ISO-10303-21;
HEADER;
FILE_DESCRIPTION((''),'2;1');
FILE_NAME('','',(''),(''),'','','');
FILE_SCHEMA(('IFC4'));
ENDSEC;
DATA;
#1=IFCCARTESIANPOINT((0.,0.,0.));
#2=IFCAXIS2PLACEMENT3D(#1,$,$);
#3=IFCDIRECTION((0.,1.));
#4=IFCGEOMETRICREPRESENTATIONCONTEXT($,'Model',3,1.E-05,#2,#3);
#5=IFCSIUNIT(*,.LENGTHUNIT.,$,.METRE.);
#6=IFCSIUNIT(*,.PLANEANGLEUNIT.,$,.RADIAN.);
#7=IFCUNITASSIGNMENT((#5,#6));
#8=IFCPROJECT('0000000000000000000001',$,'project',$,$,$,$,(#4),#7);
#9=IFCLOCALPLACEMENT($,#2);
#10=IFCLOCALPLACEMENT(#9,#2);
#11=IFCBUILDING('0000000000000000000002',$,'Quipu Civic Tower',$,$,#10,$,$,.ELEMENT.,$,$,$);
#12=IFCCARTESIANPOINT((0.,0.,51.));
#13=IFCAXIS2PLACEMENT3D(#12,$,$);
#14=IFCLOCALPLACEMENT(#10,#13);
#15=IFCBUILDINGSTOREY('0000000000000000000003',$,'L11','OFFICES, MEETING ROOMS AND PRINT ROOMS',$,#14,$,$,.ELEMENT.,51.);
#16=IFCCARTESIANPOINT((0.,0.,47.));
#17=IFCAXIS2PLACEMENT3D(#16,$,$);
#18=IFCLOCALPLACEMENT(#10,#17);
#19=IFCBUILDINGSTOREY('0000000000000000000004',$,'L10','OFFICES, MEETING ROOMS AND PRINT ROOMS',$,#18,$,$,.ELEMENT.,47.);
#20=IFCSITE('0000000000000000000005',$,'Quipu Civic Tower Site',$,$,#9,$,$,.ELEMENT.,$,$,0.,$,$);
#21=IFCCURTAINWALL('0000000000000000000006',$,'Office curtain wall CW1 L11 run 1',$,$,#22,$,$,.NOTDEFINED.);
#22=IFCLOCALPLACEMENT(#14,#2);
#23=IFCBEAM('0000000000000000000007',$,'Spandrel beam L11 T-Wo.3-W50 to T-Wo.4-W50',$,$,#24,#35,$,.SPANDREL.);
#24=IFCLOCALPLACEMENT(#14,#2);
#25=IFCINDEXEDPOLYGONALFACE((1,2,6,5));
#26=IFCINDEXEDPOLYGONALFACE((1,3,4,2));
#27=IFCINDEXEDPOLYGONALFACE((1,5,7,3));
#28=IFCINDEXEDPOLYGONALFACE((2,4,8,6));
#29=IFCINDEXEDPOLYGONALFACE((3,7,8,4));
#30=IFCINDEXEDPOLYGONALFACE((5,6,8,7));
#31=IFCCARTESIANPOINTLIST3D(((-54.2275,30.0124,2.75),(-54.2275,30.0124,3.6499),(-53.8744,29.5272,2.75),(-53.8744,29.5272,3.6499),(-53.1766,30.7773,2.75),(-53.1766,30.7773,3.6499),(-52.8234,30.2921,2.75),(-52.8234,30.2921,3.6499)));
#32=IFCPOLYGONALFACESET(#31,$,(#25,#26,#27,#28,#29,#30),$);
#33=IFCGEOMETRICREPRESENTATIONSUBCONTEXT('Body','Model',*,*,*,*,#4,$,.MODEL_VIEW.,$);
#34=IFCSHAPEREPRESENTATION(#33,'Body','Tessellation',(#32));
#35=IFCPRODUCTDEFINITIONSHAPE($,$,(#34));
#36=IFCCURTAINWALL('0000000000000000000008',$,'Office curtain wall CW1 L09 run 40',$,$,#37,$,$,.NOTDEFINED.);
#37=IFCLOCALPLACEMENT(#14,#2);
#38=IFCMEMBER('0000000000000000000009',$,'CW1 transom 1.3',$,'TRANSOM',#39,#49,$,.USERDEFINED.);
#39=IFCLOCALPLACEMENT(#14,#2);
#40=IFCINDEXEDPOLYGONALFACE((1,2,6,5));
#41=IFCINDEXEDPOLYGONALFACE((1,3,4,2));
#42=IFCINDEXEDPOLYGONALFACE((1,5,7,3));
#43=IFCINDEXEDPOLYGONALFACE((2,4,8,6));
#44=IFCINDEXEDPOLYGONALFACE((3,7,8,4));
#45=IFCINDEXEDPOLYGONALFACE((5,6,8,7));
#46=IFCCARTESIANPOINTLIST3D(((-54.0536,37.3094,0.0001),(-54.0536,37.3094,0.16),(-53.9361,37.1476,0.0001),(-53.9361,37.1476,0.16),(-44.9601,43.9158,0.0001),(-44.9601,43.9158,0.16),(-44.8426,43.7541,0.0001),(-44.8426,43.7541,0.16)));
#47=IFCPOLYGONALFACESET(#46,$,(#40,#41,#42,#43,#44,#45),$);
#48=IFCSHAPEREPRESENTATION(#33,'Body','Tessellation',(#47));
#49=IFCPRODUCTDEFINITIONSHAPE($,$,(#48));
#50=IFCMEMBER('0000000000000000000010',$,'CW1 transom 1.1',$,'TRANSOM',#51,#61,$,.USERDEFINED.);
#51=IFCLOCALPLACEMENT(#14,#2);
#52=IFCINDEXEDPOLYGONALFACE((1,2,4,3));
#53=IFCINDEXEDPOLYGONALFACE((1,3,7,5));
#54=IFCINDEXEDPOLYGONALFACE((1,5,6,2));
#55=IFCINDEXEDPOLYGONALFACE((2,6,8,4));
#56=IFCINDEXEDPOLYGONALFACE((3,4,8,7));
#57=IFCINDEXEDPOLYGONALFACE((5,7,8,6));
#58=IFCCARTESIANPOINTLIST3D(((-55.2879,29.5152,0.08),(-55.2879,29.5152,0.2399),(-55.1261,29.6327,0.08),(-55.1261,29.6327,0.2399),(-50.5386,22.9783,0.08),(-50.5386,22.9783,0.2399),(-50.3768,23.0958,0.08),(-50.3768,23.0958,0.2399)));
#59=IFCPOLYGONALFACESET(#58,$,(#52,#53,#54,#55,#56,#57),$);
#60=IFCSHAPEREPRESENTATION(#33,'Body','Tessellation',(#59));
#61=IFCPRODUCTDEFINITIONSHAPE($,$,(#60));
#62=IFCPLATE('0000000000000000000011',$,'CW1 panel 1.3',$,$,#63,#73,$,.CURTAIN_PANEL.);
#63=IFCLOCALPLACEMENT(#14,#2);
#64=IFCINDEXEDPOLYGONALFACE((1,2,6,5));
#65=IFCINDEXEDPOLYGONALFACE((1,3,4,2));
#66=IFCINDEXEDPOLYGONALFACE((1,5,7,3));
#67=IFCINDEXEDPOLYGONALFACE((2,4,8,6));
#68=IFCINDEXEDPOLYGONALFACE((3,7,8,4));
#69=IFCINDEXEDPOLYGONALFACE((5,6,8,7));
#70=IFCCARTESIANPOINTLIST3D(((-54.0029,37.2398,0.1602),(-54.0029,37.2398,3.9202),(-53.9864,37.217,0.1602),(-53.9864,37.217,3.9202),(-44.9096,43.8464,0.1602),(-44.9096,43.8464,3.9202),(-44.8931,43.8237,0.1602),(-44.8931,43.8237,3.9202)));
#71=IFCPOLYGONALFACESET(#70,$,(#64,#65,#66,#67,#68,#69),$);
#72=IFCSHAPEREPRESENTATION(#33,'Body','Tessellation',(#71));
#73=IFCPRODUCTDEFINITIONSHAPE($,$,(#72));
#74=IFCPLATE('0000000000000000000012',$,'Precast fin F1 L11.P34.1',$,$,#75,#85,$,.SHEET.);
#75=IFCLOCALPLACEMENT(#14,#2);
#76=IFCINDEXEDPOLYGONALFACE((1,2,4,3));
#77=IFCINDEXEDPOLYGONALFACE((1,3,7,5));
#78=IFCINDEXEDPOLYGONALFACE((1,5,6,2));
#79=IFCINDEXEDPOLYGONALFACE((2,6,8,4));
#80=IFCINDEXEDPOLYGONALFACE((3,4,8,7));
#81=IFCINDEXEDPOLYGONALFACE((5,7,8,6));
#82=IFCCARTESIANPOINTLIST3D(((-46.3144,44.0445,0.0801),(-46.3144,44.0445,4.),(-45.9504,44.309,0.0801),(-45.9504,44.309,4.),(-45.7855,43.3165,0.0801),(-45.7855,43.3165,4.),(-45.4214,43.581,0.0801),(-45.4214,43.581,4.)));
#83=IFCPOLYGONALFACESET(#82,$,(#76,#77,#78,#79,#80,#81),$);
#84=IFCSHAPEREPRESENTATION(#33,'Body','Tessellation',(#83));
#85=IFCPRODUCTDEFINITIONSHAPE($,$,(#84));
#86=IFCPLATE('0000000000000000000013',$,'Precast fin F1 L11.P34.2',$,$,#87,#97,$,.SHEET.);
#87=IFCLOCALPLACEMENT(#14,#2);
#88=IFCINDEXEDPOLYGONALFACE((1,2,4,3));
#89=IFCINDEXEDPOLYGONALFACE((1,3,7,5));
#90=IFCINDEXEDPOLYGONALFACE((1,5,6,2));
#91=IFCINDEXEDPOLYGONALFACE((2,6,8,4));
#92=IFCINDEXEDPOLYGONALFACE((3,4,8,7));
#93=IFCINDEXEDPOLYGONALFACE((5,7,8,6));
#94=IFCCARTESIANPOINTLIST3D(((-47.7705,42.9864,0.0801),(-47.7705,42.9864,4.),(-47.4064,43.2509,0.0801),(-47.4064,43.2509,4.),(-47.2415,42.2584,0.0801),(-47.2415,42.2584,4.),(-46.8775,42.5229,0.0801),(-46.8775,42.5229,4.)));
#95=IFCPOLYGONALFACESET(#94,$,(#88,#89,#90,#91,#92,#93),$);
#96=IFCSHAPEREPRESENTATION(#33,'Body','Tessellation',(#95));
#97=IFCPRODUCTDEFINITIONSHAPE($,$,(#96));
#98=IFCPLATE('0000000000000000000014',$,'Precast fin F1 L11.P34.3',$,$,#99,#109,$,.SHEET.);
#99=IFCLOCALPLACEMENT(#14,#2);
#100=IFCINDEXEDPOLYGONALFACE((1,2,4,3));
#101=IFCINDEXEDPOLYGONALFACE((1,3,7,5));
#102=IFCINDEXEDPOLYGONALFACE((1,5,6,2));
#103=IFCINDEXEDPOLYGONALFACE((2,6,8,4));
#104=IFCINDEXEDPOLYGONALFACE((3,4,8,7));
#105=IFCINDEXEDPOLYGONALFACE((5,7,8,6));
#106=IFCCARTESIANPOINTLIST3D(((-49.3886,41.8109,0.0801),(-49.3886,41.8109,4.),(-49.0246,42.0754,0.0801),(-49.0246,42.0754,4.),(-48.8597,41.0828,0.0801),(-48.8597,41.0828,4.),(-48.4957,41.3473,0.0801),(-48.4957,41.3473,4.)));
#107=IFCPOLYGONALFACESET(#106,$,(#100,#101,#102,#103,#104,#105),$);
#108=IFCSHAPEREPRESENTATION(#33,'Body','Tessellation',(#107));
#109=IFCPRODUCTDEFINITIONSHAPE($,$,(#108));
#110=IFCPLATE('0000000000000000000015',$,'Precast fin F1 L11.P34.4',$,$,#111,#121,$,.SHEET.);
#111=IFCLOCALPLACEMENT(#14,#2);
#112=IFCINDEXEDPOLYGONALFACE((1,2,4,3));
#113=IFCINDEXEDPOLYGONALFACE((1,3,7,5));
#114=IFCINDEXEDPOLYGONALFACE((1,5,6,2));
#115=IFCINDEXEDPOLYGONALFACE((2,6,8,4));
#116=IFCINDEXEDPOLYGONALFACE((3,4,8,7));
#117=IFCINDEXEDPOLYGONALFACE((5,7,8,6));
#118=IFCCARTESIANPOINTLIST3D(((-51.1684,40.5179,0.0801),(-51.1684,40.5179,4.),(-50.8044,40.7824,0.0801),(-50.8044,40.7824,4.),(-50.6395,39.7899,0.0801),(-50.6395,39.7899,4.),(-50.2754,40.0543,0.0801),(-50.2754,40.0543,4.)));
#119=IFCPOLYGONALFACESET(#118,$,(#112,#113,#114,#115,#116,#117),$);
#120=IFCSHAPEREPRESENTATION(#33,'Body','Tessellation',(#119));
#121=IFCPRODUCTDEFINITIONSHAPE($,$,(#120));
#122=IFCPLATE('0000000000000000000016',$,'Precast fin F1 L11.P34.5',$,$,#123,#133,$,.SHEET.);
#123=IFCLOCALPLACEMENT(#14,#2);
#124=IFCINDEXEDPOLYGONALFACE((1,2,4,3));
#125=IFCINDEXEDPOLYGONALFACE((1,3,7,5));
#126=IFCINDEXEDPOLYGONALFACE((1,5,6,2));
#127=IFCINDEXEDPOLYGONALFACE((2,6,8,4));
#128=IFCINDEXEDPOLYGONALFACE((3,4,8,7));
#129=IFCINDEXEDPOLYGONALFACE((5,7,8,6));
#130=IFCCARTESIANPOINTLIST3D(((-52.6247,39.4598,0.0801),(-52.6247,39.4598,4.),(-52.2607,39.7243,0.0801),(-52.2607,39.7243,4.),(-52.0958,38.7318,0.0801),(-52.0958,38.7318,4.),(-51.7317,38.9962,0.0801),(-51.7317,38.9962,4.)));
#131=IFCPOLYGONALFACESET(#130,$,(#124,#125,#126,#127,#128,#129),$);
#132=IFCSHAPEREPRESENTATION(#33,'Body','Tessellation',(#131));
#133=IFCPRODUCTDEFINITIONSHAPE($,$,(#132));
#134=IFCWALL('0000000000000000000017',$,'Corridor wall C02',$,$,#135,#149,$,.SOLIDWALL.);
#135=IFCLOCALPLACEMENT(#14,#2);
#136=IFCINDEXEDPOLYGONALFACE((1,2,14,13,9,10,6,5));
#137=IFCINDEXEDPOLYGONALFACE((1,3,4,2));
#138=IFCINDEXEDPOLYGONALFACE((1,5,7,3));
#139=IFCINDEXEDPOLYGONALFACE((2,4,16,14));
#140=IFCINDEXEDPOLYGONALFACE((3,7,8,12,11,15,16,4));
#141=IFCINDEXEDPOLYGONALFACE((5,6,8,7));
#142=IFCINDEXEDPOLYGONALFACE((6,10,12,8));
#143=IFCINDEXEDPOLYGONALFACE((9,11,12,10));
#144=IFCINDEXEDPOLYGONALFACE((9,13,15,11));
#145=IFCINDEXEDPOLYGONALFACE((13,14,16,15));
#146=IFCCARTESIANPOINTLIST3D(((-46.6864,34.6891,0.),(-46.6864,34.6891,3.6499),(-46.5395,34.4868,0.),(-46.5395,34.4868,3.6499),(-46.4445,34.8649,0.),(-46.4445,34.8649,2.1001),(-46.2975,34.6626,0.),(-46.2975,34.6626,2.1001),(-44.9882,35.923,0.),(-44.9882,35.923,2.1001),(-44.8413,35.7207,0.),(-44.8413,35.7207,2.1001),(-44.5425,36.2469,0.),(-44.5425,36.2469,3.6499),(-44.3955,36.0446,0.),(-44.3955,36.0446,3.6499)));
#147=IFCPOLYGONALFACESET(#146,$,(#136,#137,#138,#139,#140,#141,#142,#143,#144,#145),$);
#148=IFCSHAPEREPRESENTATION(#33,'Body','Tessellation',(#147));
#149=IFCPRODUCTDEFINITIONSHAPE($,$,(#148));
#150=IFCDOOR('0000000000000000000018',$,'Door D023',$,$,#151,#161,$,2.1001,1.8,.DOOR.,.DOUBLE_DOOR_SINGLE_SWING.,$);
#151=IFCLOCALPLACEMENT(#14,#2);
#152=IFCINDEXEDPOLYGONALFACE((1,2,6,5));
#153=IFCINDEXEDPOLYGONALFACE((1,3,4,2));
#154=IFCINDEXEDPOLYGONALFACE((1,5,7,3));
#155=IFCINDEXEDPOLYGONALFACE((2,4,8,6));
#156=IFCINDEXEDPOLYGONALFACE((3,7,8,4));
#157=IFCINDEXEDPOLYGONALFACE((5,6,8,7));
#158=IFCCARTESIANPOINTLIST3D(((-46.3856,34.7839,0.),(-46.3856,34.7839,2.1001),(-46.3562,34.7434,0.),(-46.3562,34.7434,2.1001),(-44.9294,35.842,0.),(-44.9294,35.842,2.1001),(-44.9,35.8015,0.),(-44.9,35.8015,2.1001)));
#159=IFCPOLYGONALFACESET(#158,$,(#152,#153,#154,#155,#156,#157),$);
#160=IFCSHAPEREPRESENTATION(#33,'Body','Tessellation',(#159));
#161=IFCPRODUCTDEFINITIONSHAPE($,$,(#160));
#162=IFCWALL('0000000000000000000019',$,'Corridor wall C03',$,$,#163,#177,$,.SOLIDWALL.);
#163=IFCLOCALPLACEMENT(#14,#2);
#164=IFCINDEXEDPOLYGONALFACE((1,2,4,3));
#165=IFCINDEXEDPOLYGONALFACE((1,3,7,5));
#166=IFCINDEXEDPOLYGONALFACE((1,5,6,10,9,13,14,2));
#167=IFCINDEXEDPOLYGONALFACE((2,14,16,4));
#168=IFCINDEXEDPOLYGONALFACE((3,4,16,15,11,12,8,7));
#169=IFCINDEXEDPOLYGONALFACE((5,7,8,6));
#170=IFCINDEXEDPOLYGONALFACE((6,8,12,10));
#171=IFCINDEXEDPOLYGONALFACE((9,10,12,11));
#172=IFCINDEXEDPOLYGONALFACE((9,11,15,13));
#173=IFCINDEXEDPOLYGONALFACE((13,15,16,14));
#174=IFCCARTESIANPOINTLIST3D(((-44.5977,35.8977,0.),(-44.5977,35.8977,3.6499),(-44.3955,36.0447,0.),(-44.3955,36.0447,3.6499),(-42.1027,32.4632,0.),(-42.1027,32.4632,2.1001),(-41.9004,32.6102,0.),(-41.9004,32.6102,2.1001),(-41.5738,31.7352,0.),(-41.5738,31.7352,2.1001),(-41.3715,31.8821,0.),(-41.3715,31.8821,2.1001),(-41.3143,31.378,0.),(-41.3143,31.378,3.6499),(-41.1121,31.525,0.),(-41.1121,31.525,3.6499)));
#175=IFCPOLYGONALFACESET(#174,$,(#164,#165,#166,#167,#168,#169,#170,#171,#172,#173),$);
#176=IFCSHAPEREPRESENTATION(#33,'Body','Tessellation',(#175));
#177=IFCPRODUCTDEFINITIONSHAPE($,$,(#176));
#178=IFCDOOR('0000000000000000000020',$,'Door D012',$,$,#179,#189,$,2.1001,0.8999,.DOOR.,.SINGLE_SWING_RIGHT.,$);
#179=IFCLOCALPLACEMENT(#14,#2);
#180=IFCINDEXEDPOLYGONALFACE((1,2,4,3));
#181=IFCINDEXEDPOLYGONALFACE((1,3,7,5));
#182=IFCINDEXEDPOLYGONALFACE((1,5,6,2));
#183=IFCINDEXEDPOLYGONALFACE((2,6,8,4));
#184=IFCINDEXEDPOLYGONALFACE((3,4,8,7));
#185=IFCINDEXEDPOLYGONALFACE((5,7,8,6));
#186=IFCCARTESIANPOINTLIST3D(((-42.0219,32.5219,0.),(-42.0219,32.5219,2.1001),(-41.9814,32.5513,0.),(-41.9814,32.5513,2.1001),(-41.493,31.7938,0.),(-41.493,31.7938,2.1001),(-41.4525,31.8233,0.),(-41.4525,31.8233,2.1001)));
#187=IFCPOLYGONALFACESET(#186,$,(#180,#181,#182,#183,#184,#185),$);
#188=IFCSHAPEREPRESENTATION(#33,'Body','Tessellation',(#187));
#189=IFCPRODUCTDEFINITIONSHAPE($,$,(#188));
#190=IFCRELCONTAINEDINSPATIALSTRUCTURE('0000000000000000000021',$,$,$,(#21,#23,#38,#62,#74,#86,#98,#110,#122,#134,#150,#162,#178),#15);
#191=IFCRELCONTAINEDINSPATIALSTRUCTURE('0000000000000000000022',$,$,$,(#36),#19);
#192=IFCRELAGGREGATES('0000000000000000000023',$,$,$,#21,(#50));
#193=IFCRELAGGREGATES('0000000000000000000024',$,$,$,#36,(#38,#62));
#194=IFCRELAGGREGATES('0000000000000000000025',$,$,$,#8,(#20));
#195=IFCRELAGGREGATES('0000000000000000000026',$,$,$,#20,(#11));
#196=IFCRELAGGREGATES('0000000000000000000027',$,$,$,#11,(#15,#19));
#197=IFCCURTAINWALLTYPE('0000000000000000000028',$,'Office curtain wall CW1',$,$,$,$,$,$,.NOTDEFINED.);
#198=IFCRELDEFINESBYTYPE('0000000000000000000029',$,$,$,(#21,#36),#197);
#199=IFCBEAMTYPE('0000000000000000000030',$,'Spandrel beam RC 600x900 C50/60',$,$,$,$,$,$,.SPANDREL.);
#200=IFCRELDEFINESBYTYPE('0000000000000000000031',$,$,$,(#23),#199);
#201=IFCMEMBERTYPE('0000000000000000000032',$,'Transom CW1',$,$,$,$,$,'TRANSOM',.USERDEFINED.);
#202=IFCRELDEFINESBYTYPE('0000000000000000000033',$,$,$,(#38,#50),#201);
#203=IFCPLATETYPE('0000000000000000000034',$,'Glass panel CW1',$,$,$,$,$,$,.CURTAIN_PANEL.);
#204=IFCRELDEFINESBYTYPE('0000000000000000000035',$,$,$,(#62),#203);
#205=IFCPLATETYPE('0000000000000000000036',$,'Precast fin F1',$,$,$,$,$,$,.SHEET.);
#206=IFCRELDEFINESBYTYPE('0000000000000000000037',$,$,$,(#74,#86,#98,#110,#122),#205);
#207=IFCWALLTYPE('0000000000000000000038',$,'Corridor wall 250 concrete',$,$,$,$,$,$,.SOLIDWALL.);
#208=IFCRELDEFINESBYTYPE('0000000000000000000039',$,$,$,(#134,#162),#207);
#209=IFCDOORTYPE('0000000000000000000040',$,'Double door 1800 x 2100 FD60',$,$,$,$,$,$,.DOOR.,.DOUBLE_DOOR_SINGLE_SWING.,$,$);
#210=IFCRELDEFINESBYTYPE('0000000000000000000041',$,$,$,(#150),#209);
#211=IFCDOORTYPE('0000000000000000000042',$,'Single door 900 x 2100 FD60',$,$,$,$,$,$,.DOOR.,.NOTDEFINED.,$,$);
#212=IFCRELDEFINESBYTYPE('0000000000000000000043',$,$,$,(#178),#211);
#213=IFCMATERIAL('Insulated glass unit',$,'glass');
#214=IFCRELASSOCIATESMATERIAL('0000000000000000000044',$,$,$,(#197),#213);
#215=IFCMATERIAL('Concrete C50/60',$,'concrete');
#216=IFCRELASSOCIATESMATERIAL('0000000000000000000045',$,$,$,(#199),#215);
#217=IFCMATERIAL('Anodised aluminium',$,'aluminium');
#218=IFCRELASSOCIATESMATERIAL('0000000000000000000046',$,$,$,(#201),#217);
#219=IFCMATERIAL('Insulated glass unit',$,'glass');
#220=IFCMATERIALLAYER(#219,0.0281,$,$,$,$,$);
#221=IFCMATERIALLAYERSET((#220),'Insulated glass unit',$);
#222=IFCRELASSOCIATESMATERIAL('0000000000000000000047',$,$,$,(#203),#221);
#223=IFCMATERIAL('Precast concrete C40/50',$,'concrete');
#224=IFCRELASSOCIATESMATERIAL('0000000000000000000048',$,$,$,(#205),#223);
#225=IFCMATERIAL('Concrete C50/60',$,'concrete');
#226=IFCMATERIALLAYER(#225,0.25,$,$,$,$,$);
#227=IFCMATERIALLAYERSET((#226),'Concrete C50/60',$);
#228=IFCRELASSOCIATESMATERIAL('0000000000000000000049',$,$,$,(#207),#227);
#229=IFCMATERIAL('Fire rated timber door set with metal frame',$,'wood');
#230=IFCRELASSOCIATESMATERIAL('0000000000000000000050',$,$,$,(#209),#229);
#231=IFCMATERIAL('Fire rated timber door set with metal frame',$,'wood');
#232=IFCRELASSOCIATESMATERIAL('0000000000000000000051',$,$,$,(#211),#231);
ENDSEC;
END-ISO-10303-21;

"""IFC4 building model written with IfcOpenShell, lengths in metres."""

from ifc_helpers import new_model, si_unit, direction, frame, frame_2d, origin, origin_2d, place, context, subcontext, project, spatial, rectangle, extrude, material, layer, layer_set, material_profile, profile_set, type_object, element, fill, aggregate, save


model = new_model("IFC4")

# Units and contexts
model_context = context("Model", 3, precision=1e-05, world=origin(), true_north=direction((0.0, 1.0)))
body_context = subcontext(model_context, "Body", "Model", "MODEL_VIEW")
ifc_project = project(units=[si_unit("LENGTHUNIT", "METRE"), si_unit("PLANEANGLEUNIT", "RADIAN")], contexts=[model_context])

# Site, building, storey
site_placement = place(None, origin())
site = spatial("IfcSite", under=ifc_project, at=site_placement, Name="Quipu Civic Tower Site", CompositionType="ELEMENT", RefElevation=0.0)
building_placement = place(site_placement, origin())
building = spatial("IfcBuilding", under=site, at=building_placement, Name="Quipu Civic Tower", CompositionType="ELEMENT")
storey_1_placement = place(building_placement, frame((0.0, 0.0, 51.0)))
storey_1 = spatial("IfcBuildingStorey", under=building, at=storey_1_placement, Name="L11", Description="OFFICES, MEETING ROOMS AND PRINT ROOMS", CompositionType="ELEMENT", Elevation=51.0)

# Curtain wall
ifc_material_1 = material(Name="Insulated glass unit", Category="glass")
curtain_wall_type = type_object("IfcCurtainWallType", Name="Office curtain wall CW1", PredefinedType="NOTDEFINED", material=ifc_material_1)
curtain_wall_1_placement = place(storey_1_placement, origin())
curtain_wall_1 = element("IfcCurtainWall", 1, at=curtain_wall_1_placement, inside=storey_1, type_object=curtain_wall_type, Name="Office curtain wall CW1 L11 run 1", PredefinedType="NOTDEFINED")

# Beam
ifc_material_2 = material(Name="Concrete C50/60", Category="concrete")
ifc_material_profile_1 = material_profile(ifc_material_2, rectangle(XDim=0.6001, YDim=0.8999, at=origin_2d()), Name="RC600x900")
ifc_profile_set_1 = profile_set([ifc_material_profile_1], Name="Concrete C50/60")
beam_type = type_object("IfcBeamType", Name="Spandrel beam RC 600x900 C50/60", PredefinedType="SPANDREL", material=ifc_profile_set_1)
beam_1_placement = place(storey_1_placement, frame((-53.0, 30.5347, 3.2), z_axis=(-0.808549, -0.588429, 0.0), x_axis=(0.588429, -0.808549, 0.0)))
element("IfcBeam", 2, at=beam_1_placement, inside=storey_1, type_object=beam_type, Name="Spandrel beam L11 T-Wo.3-W50 to T-Wo.4-W50", PredefinedType="SPANDREL", context=body_context, shape_type="SweptSolid", body=[
    extrude(rectangle(XDim=0.6001, YDim=0.8999, at=origin_2d()), origin(), (0.0, 0.0, 1.0), 1.2998),
])

# Shared definitions
storey_2_placement = place(building_placement, frame((0.0, 0.0, 47.0)))
storey_2 = spatial("IfcBuildingStorey", under=building, at=storey_2_placement, Name="L10", Description="OFFICES, MEETING ROOMS AND PRINT ROOMS", CompositionType="ELEMENT", Elevation=47.0)

# Curtain wall, member
curtain_wall_2_placement = place(storey_2_placement, origin())
curtain_wall_2 = element("IfcCurtainWall", 3, at=curtain_wall_2_placement, inside=storey_2, type_object=curtain_wall_type, Name="Office curtain wall CW1 L09 run 40", PredefinedType="NOTDEFINED")
ifc_material_3 = material(Name="Anodised aluminium", Category="aluminium")
ifc_material_profile_2 = material_profile(ifc_material_3, rectangle(XDim=0.2, YDim=0.1599, at=origin_2d()), Name="RECT 200x160")
ifc_profile_set_2 = profile_set([ifc_material_profile_2], Name="Anodised aluminium")
member_type_1 = type_object("IfcMemberType", Name="Transom CW1", ElementType="TRANSOM", PredefinedType="USERDEFINED", material=ifc_profile_set_2)
member_1_placement = place(storey_1_placement, frame((-44.9014, 43.835, 0.0801), z_axis=(-0.809033, -0.587764, 0.0), x_axis=(0.587764, -0.809033, 0.0)))
member_1 = element("IfcMember", 4, at=member_1_placement, inside=storey_1, type_object=member_type_1, Name="CW1 transom 1.3", ObjectType="TRANSOM", PredefinedType="USERDEFINED", context=body_context, shape_type="SweptSolid", body=[
    extrude(rectangle(XDim=0.2, YDim=0.1599, at=origin_2d()), origin(), (0.0, 0.0, 1.0), 11.24),
])

# Member
member_2_placement = place(storey_1_placement, frame((-55.207, 29.574, 0.1599), z_axis=(0.587782, -0.80902, 0.0), x_axis=(0.80902, 0.587782, 0.0)))
member_2 = element("IfcMember", 5, at=member_2_placement, type_object=member_type_1, Name="CW1 transom 1.1", ObjectType="TRANSOM", PredefinedType="USERDEFINED", context=body_context, shape_type="SweptSolid", body=[
    extrude(rectangle(XDim=0.2, YDim=0.1599, at=origin_2d()), origin(), (0.0, 0.0, 1.0), 8.0801),
])
aggregate(curtain_wall_1, [member_2])

# Plate
ifc_material_4 = material(Name="Insulated glass unit", Category="glass")
ifc_layer_1 = layer(ifc_material_4, 0.0281)
ifc_layer_set_1 = layer_set([ifc_layer_1], Name="Insulated glass unit")
plate_type_1 = type_object("IfcPlateType", Name="Glass panel CW1", PredefinedType="CURTAIN_PANEL", material=ifc_layer_set_1)
plate_placement = place(storey_1_placement, frame((-49.448, 40.5317, 0.1602), z_axis=(0.0, 0.0, 1.0), x_axis=(-0.809019, -0.587782, 0.0)))
plate = element("IfcPlate", 6, at=plate_placement, inside=storey_1, type_object=plate_type_1, Name="CW1 panel 1.3", PredefinedType="CURTAIN_PANEL", context=body_context, shape_type="SweptSolid", body=[
    extrude(rectangle(XDim=11.24, YDim=0.0281, at=origin_2d()), origin(), (0.0, 0.0, 1.0), 3.76),
])
aggregate(curtain_wall_2, [member_1, plate])

# Plates
ifc_material_5 = material(Name="Precast concrete C40/50", Category="concrete")
plate_type_2 = type_object("IfcPlateType", Name="Precast fin F1", PredefinedType="SHEET", material=ifc_material_5)
for number, where, z_axis, x_axis, name in (
    (7, (-45.8679, 43.8127, 0.0801), (0.0, 0.0, 1.0), (-0.809021, -0.587779, 0.0), "Precast fin F1 L11.P34.1"),
    (8, (-47.324, 42.7546, 0.0801), (0.0, 0.0, 1.0), (-0.809021, -0.587779, 0.0), "Precast fin F1 L11.P34.2"),
    (9, (-48.9421, 41.5791, 0.0801), (0.0, 0.0, 1.0), (-0.809021, -0.587779, 0.0), "Precast fin F1 L11.P34.3"),
    (10, (-50.7219, 40.2861, 0.0801), (0.0, 0.0, 1.0), (-0.809021, -0.587779, 0.0), "Precast fin F1 L11.P34.4"),
    (11, (-52.1782, 39.228, 0.0801), (0.0, 0.0, 1.0), (-0.809021, -0.587779, 0.0), "Precast fin F1 L11.P34.5"),
):
    element("IfcPlate", number, at=place(storey_1_placement, frame(where, z_axis=z_axis, x_axis=x_axis)), inside=storey_1, type_object=plate_type_2, Name=name, PredefinedType="SHEET", context=body_context, shape_type="SweptSolid", body=[
        extrude(rectangle(XDim=0.45, YDim=0.8999, at=origin_2d()), origin(), (0.0, 0.0, 1.0), 3.9199),
    ])

# Walls, openings, doors
ifc_material_6 = material(Name="Concrete C50/60", Category="concrete")
ifc_layer_2 = layer(ifc_material_6, 0.25)
ifc_layer_set_2 = layer_set([ifc_layer_2], Name="Concrete C50/60")
wall_type_1 = type_object("IfcWallType", Name="Corridor wall 250 concrete", PredefinedType="SOLIDWALL", material=ifc_layer_set_2)
wall_1_placement = place(storey_1_placement, frame((-46.613, 34.5879, 0.0), z_axis=(0.0, 0.0, 1.0), x_axis=(0.808995, 0.587816, 0.0)))
wall_1 = element("IfcWall", 12, at=wall_1_placement, inside=storey_1, type_object=wall_type_1, Name="Corridor wall C02", PredefinedType="SOLIDWALL", context=body_context, shape_type="SweptSolid", body=[
    extrude(rectangle(XDim=2.6501, YDim=0.25, at=frame_2d((1.3252, 0.0))), origin(), (0.0, 0.0, 1.0), 3.6499),
])
opening_1_placement = place(wall_1_placement, frame((0.2993, 0.0, 0.0)))
opening_1 = element("IfcOpeningElement", 13, at=opening_1_placement, cuts=wall_1, PredefinedType="OPENING", context=body_context, shape_type="SweptSolid", body=[
    extrude(rectangle(XDim=1.8, YDim=2.1001, at=frame_2d((0.8999, 1.05))), frame((0.0, 0.135, 0.0), z_axis=(0.0, -1.0, 0.0), x_axis=(1.0, 0.0, 0.0)), (0.0, 0.0, 1.0), 0.27),
])
ifc_material_7 = material(Name="Fire rated timber door set with metal frame", Category="wood")
door_type_1 = type_object("IfcDoorType", Name="Double door 1800 x 2100 FD60", OperationType="DOUBLE_DOOR_SINGLE_SWING", PredefinedType="DOOR", material=ifc_material_7)
door_1_placement = place(opening_1_placement, origin())
door_1 = element("IfcDoor", 14, at=door_1_placement, inside=storey_1, type_object=door_type_1, Name="Door D023", OperationType="DOUBLE_DOOR_SINGLE_SWING", OverallHeight=2.1001, OverallWidth=1.8, PredefinedType="DOOR", context=body_context, shape_type="SweptSolid", body=[
    extrude(rectangle(XDim=1.8, YDim=2.1001, at=frame_2d((0.8999, 1.05))), frame((0.0, 0.0249, 0.0), z_axis=(0.0, -1.0, 0.0), x_axis=(1.0, 0.0, 0.0)), (0.0, 0.0, 1.0), 0.05),
])
fill(opening_1, door_1)
wall_2_placement = place(storey_1_placement, frame((-44.4966, 35.9712, 0.0), z_axis=(0.0, 0.0, 1.0), x_axis=(0.587743, -0.809048, 0.0)))
wall_2 = element("IfcWall", 15, at=wall_2_placement, inside=storey_1, type_object=wall_type_1, Name="Corridor wall C03", PredefinedType="SOLIDWALL", context=body_context, shape_type="SweptSolid", body=[
    extrude(rectangle(XDim=5.5864, YDim=0.25, at=frame_2d((2.7932, 0.0))), origin(), (0.0, 0.0, 1.0), 3.6499),
])
opening_2_placement = place(wall_2_placement, frame((4.2451, 0.0, 0.0)))
opening_2 = element("IfcOpeningElement", 16, at=opening_2_placement, cuts=wall_2, PredefinedType="OPENING", context=body_context, shape_type="SweptSolid", body=[
    extrude(rectangle(XDim=0.8999, YDim=2.1001, at=frame_2d((0.45, 1.05))), frame((0.0, 0.135, 0.0), z_axis=(0.0, -1.0, 0.0), x_axis=(1.0, 0.0, 0.0)), (0.0, 0.0, 1.0), 0.27),
])
ifc_material_8 = material(Name="Fire rated timber door set with metal frame", Category="wood")
door_type_2 = type_object("IfcDoorType", Name="Single door 900 x 2100 FD60", OperationType="NOTDEFINED", PredefinedType="DOOR", material=ifc_material_8)
door_2_placement = place(opening_2_placement, origin())
door_2 = element("IfcDoor", 17, at=door_2_placement, inside=storey_1, type_object=door_type_2, Name="Door D012", OperationType="SINGLE_SWING_RIGHT", OverallHeight=2.1001, OverallWidth=0.8999, PredefinedType="DOOR", context=body_context, shape_type="SweptSolid", body=[
    extrude(rectangle(XDim=0.8999, YDim=2.1001, at=frame_2d((0.45, 1.05))), frame((0.0, 0.0249, 0.0), z_axis=(0.0, -1.0, 0.0), x_axis=(1.0, 0.0, 0.0)), (0.0, 0.0, 1.0), 0.05),
])
fill(opening_2, door_2)

save(model, "model.ifc")
